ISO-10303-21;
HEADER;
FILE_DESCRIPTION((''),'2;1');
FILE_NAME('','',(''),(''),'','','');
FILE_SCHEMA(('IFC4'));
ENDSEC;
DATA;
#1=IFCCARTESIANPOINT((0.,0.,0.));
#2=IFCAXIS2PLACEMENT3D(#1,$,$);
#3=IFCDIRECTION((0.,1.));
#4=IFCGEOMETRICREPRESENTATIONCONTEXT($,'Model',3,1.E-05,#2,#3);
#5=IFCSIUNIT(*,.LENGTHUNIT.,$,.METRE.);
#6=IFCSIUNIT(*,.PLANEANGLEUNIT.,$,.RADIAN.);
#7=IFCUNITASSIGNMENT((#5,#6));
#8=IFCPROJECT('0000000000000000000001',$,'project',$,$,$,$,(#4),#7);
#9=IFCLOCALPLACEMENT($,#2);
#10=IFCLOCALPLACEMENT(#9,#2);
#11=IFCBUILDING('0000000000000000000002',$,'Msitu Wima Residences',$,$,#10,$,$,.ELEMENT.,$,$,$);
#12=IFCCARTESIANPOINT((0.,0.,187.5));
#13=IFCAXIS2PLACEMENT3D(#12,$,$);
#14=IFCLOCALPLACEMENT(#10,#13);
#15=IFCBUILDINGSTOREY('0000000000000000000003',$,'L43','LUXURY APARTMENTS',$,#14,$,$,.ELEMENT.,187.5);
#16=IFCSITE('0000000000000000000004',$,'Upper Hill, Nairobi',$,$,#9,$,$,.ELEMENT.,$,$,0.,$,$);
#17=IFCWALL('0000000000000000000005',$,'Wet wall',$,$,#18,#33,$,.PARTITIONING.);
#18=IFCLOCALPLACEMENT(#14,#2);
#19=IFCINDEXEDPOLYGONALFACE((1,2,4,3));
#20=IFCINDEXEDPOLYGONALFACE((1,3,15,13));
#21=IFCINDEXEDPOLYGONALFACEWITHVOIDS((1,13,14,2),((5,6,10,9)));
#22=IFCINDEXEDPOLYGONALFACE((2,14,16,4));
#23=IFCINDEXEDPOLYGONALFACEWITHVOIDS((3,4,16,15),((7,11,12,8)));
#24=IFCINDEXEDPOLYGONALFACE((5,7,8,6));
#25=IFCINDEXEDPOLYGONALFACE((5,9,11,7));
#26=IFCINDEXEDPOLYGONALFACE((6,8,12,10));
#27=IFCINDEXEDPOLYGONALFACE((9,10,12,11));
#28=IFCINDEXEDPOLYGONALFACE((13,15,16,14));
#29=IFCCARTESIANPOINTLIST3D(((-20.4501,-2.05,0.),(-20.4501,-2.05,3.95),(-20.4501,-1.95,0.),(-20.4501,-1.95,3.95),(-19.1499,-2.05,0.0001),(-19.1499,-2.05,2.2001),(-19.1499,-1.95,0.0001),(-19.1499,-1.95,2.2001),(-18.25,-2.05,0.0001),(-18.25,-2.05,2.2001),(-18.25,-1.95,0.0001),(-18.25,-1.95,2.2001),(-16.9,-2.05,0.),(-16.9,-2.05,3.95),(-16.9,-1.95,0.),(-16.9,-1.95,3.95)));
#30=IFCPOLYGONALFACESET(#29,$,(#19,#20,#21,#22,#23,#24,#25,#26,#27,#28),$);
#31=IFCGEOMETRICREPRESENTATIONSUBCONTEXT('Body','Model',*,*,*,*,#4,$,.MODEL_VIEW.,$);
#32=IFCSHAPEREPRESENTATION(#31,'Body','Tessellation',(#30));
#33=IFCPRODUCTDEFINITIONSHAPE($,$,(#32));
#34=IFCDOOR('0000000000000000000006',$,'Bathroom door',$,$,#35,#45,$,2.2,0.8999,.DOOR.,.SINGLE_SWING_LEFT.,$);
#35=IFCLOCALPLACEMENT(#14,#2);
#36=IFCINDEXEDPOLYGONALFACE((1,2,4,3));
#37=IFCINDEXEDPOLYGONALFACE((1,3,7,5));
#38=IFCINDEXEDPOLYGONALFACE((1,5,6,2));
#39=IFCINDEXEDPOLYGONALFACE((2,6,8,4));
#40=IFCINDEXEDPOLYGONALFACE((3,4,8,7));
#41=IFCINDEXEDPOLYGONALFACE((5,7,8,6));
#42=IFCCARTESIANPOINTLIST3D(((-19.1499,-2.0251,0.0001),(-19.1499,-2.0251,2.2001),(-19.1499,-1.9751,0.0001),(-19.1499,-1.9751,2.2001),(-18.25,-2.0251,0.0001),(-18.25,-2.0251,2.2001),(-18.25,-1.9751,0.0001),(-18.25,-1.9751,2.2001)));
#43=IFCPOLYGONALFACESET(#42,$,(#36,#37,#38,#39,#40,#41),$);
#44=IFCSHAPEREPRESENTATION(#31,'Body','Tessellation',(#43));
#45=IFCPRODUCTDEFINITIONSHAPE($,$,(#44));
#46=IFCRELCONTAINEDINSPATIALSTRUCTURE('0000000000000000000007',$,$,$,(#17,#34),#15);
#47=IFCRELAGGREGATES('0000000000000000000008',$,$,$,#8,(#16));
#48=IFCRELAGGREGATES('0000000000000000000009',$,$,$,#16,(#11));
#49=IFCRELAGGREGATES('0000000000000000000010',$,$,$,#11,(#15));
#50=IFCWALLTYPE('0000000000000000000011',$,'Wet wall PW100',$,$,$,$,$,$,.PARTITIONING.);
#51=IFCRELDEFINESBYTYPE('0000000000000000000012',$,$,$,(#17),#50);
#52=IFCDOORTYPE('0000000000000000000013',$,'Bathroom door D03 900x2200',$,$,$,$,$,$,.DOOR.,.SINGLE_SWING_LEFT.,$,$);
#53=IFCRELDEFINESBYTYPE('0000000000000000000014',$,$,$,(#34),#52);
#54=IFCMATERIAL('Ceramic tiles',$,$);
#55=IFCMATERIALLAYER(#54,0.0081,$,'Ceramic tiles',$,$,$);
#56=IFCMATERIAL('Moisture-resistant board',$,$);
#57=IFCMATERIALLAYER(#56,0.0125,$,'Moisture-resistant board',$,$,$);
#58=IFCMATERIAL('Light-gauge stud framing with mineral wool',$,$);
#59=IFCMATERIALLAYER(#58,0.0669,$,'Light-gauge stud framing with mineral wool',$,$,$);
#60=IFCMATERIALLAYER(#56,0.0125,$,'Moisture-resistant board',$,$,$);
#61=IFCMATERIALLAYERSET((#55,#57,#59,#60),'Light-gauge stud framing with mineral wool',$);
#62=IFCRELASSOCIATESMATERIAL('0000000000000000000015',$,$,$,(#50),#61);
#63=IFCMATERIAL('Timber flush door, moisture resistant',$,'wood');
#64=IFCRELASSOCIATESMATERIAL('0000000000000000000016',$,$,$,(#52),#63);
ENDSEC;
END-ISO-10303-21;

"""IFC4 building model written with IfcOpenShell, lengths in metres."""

from ifc_helpers import new_model, si_unit, direction, frame, frame_2d, origin, place, context, subcontext, project, spatial, rectangle, extrude, material, layer, layer_set, type_object, element, fill, save


model = new_model("IFC4")

# Units and contexts
model_context = context("Model", 3, precision=1e-05, world=origin(), true_north=direction((0.0, 1.0)))
body_context = subcontext(model_context, "Body", "Model", "MODEL_VIEW")
ifc_project = project(units=[si_unit("LENGTHUNIT", "METRE"), si_unit("PLANEANGLEUNIT", "RADIAN")], contexts=[model_context])

# Site, building, storey
site_placement = place(None, origin())
site = spatial("IfcSite", under=ifc_project, at=site_placement, Name="Upper Hill, Nairobi", CompositionType="ELEMENT", RefElevation=0.0)
building_placement = place(site_placement, origin())
building = spatial("IfcBuilding", under=site, at=building_placement, Name="Msitu Wima Residences", CompositionType="ELEMENT")
storey_placement = place(building_placement, frame((0.0, 0.0, 187.5)))
storey = spatial("IfcBuildingStorey", under=building, at=storey_placement, Name="L43", Description="LUXURY APARTMENTS", CompositionType="ELEMENT", Elevation=187.5)

# Shared definitions
ifc_material_1 = material(Name="Light-gauge stud framing with mineral wool")

# Shared definitions
ifc_material_2 = material(Name="Ceramic tiles")
ifc_layer_1 = layer(ifc_material_2, 0.0081, Name="Ceramic tiles")
ifc_material_3 = material(Name="Moisture-resistant board")
ifc_layer_2 = layer(ifc_material_3, 0.0125, Name="Moisture-resistant board")
ifc_layer_3 = layer(ifc_material_1, 0.0669, Name="Light-gauge stud framing with mineral wool")
ifc_layer_4 = layer(ifc_material_3, 0.0125, Name="Moisture-resistant board")
ifc_layer_set_1 = layer_set([ifc_layer_1, ifc_layer_2, ifc_layer_3, ifc_layer_4], Name="Light-gauge stud framing with mineral wool")
wall_type_1 = type_object("IfcWallType", Name="Wet wall PW100", PredefinedType="PARTITIONING", material=ifc_layer_set_1)

# Wall, opening, door
wall_1_placement = place(storey_placement, frame((-20.45, -2.0, 0.0), z_axis=(0.0, 0.0, 1.0), x_axis=(1.0, 0.0, 0.0)))
wall_1 = element("IfcWall", 1, at=wall_1_placement, inside=storey, type_object=wall_type_1, Name="Wet wall", PredefinedType="PARTITIONING", context=body_context, shape_type="SweptSolid", body=[
    extrude(rectangle(XDim=3.55, YDim=0.1001, at=frame_2d((1.7749, 0.0))), origin(), (0.0, 0.0, 1.0), 3.95),
])
opening_1_placement = place(wall_1_placement, frame((1.3, 0.0, 0.0)))
opening_1 = element("IfcOpeningElement", 2, at=opening_1_placement, cuts=wall_1, PredefinedType="OPENING", context=body_context, shape_type="SweptSolid", body=[
    extrude(rectangle(XDim=0.8999, YDim=2.2, at=frame_2d((0.45, 1.1001))), frame((0.0, 0.0601, 0.0), z_axis=(0.0, -1.0, 0.0), x_axis=(1.0, 0.0, 0.0)), (0.0, 0.0, 1.0), 0.1201),
])
ifc_material_4 = material(Name="Timber flush door, moisture resistant", Category="wood")
door_type_1 = type_object("IfcDoorType", Name="Bathroom door D03 900x2200", OperationType="SINGLE_SWING_LEFT", PredefinedType="DOOR", material=ifc_material_4)
door_1_placement = place(opening_1_placement, origin())
door_1 = element("IfcDoor", 3, at=door_1_placement, inside=storey, type_object=door_type_1, Name="Bathroom door", OperationType="SINGLE_SWING_LEFT", OverallHeight=2.2, OverallWidth=0.8999, PredefinedType="DOOR", context=body_context, shape_type="SweptSolid", body=[
    extrude(rectangle(XDim=0.8999, YDim=2.2, at=frame_2d((0.45, 1.1001))), frame((0.0, 0.0249, 0.0), z_axis=(0.0, -1.0, 0.0), x_axis=(1.0, 0.0, 0.0)), (0.0, 0.0, 1.0), 0.05),
])
fill(opening_1, door_1)

save(model, "model.ifc")
